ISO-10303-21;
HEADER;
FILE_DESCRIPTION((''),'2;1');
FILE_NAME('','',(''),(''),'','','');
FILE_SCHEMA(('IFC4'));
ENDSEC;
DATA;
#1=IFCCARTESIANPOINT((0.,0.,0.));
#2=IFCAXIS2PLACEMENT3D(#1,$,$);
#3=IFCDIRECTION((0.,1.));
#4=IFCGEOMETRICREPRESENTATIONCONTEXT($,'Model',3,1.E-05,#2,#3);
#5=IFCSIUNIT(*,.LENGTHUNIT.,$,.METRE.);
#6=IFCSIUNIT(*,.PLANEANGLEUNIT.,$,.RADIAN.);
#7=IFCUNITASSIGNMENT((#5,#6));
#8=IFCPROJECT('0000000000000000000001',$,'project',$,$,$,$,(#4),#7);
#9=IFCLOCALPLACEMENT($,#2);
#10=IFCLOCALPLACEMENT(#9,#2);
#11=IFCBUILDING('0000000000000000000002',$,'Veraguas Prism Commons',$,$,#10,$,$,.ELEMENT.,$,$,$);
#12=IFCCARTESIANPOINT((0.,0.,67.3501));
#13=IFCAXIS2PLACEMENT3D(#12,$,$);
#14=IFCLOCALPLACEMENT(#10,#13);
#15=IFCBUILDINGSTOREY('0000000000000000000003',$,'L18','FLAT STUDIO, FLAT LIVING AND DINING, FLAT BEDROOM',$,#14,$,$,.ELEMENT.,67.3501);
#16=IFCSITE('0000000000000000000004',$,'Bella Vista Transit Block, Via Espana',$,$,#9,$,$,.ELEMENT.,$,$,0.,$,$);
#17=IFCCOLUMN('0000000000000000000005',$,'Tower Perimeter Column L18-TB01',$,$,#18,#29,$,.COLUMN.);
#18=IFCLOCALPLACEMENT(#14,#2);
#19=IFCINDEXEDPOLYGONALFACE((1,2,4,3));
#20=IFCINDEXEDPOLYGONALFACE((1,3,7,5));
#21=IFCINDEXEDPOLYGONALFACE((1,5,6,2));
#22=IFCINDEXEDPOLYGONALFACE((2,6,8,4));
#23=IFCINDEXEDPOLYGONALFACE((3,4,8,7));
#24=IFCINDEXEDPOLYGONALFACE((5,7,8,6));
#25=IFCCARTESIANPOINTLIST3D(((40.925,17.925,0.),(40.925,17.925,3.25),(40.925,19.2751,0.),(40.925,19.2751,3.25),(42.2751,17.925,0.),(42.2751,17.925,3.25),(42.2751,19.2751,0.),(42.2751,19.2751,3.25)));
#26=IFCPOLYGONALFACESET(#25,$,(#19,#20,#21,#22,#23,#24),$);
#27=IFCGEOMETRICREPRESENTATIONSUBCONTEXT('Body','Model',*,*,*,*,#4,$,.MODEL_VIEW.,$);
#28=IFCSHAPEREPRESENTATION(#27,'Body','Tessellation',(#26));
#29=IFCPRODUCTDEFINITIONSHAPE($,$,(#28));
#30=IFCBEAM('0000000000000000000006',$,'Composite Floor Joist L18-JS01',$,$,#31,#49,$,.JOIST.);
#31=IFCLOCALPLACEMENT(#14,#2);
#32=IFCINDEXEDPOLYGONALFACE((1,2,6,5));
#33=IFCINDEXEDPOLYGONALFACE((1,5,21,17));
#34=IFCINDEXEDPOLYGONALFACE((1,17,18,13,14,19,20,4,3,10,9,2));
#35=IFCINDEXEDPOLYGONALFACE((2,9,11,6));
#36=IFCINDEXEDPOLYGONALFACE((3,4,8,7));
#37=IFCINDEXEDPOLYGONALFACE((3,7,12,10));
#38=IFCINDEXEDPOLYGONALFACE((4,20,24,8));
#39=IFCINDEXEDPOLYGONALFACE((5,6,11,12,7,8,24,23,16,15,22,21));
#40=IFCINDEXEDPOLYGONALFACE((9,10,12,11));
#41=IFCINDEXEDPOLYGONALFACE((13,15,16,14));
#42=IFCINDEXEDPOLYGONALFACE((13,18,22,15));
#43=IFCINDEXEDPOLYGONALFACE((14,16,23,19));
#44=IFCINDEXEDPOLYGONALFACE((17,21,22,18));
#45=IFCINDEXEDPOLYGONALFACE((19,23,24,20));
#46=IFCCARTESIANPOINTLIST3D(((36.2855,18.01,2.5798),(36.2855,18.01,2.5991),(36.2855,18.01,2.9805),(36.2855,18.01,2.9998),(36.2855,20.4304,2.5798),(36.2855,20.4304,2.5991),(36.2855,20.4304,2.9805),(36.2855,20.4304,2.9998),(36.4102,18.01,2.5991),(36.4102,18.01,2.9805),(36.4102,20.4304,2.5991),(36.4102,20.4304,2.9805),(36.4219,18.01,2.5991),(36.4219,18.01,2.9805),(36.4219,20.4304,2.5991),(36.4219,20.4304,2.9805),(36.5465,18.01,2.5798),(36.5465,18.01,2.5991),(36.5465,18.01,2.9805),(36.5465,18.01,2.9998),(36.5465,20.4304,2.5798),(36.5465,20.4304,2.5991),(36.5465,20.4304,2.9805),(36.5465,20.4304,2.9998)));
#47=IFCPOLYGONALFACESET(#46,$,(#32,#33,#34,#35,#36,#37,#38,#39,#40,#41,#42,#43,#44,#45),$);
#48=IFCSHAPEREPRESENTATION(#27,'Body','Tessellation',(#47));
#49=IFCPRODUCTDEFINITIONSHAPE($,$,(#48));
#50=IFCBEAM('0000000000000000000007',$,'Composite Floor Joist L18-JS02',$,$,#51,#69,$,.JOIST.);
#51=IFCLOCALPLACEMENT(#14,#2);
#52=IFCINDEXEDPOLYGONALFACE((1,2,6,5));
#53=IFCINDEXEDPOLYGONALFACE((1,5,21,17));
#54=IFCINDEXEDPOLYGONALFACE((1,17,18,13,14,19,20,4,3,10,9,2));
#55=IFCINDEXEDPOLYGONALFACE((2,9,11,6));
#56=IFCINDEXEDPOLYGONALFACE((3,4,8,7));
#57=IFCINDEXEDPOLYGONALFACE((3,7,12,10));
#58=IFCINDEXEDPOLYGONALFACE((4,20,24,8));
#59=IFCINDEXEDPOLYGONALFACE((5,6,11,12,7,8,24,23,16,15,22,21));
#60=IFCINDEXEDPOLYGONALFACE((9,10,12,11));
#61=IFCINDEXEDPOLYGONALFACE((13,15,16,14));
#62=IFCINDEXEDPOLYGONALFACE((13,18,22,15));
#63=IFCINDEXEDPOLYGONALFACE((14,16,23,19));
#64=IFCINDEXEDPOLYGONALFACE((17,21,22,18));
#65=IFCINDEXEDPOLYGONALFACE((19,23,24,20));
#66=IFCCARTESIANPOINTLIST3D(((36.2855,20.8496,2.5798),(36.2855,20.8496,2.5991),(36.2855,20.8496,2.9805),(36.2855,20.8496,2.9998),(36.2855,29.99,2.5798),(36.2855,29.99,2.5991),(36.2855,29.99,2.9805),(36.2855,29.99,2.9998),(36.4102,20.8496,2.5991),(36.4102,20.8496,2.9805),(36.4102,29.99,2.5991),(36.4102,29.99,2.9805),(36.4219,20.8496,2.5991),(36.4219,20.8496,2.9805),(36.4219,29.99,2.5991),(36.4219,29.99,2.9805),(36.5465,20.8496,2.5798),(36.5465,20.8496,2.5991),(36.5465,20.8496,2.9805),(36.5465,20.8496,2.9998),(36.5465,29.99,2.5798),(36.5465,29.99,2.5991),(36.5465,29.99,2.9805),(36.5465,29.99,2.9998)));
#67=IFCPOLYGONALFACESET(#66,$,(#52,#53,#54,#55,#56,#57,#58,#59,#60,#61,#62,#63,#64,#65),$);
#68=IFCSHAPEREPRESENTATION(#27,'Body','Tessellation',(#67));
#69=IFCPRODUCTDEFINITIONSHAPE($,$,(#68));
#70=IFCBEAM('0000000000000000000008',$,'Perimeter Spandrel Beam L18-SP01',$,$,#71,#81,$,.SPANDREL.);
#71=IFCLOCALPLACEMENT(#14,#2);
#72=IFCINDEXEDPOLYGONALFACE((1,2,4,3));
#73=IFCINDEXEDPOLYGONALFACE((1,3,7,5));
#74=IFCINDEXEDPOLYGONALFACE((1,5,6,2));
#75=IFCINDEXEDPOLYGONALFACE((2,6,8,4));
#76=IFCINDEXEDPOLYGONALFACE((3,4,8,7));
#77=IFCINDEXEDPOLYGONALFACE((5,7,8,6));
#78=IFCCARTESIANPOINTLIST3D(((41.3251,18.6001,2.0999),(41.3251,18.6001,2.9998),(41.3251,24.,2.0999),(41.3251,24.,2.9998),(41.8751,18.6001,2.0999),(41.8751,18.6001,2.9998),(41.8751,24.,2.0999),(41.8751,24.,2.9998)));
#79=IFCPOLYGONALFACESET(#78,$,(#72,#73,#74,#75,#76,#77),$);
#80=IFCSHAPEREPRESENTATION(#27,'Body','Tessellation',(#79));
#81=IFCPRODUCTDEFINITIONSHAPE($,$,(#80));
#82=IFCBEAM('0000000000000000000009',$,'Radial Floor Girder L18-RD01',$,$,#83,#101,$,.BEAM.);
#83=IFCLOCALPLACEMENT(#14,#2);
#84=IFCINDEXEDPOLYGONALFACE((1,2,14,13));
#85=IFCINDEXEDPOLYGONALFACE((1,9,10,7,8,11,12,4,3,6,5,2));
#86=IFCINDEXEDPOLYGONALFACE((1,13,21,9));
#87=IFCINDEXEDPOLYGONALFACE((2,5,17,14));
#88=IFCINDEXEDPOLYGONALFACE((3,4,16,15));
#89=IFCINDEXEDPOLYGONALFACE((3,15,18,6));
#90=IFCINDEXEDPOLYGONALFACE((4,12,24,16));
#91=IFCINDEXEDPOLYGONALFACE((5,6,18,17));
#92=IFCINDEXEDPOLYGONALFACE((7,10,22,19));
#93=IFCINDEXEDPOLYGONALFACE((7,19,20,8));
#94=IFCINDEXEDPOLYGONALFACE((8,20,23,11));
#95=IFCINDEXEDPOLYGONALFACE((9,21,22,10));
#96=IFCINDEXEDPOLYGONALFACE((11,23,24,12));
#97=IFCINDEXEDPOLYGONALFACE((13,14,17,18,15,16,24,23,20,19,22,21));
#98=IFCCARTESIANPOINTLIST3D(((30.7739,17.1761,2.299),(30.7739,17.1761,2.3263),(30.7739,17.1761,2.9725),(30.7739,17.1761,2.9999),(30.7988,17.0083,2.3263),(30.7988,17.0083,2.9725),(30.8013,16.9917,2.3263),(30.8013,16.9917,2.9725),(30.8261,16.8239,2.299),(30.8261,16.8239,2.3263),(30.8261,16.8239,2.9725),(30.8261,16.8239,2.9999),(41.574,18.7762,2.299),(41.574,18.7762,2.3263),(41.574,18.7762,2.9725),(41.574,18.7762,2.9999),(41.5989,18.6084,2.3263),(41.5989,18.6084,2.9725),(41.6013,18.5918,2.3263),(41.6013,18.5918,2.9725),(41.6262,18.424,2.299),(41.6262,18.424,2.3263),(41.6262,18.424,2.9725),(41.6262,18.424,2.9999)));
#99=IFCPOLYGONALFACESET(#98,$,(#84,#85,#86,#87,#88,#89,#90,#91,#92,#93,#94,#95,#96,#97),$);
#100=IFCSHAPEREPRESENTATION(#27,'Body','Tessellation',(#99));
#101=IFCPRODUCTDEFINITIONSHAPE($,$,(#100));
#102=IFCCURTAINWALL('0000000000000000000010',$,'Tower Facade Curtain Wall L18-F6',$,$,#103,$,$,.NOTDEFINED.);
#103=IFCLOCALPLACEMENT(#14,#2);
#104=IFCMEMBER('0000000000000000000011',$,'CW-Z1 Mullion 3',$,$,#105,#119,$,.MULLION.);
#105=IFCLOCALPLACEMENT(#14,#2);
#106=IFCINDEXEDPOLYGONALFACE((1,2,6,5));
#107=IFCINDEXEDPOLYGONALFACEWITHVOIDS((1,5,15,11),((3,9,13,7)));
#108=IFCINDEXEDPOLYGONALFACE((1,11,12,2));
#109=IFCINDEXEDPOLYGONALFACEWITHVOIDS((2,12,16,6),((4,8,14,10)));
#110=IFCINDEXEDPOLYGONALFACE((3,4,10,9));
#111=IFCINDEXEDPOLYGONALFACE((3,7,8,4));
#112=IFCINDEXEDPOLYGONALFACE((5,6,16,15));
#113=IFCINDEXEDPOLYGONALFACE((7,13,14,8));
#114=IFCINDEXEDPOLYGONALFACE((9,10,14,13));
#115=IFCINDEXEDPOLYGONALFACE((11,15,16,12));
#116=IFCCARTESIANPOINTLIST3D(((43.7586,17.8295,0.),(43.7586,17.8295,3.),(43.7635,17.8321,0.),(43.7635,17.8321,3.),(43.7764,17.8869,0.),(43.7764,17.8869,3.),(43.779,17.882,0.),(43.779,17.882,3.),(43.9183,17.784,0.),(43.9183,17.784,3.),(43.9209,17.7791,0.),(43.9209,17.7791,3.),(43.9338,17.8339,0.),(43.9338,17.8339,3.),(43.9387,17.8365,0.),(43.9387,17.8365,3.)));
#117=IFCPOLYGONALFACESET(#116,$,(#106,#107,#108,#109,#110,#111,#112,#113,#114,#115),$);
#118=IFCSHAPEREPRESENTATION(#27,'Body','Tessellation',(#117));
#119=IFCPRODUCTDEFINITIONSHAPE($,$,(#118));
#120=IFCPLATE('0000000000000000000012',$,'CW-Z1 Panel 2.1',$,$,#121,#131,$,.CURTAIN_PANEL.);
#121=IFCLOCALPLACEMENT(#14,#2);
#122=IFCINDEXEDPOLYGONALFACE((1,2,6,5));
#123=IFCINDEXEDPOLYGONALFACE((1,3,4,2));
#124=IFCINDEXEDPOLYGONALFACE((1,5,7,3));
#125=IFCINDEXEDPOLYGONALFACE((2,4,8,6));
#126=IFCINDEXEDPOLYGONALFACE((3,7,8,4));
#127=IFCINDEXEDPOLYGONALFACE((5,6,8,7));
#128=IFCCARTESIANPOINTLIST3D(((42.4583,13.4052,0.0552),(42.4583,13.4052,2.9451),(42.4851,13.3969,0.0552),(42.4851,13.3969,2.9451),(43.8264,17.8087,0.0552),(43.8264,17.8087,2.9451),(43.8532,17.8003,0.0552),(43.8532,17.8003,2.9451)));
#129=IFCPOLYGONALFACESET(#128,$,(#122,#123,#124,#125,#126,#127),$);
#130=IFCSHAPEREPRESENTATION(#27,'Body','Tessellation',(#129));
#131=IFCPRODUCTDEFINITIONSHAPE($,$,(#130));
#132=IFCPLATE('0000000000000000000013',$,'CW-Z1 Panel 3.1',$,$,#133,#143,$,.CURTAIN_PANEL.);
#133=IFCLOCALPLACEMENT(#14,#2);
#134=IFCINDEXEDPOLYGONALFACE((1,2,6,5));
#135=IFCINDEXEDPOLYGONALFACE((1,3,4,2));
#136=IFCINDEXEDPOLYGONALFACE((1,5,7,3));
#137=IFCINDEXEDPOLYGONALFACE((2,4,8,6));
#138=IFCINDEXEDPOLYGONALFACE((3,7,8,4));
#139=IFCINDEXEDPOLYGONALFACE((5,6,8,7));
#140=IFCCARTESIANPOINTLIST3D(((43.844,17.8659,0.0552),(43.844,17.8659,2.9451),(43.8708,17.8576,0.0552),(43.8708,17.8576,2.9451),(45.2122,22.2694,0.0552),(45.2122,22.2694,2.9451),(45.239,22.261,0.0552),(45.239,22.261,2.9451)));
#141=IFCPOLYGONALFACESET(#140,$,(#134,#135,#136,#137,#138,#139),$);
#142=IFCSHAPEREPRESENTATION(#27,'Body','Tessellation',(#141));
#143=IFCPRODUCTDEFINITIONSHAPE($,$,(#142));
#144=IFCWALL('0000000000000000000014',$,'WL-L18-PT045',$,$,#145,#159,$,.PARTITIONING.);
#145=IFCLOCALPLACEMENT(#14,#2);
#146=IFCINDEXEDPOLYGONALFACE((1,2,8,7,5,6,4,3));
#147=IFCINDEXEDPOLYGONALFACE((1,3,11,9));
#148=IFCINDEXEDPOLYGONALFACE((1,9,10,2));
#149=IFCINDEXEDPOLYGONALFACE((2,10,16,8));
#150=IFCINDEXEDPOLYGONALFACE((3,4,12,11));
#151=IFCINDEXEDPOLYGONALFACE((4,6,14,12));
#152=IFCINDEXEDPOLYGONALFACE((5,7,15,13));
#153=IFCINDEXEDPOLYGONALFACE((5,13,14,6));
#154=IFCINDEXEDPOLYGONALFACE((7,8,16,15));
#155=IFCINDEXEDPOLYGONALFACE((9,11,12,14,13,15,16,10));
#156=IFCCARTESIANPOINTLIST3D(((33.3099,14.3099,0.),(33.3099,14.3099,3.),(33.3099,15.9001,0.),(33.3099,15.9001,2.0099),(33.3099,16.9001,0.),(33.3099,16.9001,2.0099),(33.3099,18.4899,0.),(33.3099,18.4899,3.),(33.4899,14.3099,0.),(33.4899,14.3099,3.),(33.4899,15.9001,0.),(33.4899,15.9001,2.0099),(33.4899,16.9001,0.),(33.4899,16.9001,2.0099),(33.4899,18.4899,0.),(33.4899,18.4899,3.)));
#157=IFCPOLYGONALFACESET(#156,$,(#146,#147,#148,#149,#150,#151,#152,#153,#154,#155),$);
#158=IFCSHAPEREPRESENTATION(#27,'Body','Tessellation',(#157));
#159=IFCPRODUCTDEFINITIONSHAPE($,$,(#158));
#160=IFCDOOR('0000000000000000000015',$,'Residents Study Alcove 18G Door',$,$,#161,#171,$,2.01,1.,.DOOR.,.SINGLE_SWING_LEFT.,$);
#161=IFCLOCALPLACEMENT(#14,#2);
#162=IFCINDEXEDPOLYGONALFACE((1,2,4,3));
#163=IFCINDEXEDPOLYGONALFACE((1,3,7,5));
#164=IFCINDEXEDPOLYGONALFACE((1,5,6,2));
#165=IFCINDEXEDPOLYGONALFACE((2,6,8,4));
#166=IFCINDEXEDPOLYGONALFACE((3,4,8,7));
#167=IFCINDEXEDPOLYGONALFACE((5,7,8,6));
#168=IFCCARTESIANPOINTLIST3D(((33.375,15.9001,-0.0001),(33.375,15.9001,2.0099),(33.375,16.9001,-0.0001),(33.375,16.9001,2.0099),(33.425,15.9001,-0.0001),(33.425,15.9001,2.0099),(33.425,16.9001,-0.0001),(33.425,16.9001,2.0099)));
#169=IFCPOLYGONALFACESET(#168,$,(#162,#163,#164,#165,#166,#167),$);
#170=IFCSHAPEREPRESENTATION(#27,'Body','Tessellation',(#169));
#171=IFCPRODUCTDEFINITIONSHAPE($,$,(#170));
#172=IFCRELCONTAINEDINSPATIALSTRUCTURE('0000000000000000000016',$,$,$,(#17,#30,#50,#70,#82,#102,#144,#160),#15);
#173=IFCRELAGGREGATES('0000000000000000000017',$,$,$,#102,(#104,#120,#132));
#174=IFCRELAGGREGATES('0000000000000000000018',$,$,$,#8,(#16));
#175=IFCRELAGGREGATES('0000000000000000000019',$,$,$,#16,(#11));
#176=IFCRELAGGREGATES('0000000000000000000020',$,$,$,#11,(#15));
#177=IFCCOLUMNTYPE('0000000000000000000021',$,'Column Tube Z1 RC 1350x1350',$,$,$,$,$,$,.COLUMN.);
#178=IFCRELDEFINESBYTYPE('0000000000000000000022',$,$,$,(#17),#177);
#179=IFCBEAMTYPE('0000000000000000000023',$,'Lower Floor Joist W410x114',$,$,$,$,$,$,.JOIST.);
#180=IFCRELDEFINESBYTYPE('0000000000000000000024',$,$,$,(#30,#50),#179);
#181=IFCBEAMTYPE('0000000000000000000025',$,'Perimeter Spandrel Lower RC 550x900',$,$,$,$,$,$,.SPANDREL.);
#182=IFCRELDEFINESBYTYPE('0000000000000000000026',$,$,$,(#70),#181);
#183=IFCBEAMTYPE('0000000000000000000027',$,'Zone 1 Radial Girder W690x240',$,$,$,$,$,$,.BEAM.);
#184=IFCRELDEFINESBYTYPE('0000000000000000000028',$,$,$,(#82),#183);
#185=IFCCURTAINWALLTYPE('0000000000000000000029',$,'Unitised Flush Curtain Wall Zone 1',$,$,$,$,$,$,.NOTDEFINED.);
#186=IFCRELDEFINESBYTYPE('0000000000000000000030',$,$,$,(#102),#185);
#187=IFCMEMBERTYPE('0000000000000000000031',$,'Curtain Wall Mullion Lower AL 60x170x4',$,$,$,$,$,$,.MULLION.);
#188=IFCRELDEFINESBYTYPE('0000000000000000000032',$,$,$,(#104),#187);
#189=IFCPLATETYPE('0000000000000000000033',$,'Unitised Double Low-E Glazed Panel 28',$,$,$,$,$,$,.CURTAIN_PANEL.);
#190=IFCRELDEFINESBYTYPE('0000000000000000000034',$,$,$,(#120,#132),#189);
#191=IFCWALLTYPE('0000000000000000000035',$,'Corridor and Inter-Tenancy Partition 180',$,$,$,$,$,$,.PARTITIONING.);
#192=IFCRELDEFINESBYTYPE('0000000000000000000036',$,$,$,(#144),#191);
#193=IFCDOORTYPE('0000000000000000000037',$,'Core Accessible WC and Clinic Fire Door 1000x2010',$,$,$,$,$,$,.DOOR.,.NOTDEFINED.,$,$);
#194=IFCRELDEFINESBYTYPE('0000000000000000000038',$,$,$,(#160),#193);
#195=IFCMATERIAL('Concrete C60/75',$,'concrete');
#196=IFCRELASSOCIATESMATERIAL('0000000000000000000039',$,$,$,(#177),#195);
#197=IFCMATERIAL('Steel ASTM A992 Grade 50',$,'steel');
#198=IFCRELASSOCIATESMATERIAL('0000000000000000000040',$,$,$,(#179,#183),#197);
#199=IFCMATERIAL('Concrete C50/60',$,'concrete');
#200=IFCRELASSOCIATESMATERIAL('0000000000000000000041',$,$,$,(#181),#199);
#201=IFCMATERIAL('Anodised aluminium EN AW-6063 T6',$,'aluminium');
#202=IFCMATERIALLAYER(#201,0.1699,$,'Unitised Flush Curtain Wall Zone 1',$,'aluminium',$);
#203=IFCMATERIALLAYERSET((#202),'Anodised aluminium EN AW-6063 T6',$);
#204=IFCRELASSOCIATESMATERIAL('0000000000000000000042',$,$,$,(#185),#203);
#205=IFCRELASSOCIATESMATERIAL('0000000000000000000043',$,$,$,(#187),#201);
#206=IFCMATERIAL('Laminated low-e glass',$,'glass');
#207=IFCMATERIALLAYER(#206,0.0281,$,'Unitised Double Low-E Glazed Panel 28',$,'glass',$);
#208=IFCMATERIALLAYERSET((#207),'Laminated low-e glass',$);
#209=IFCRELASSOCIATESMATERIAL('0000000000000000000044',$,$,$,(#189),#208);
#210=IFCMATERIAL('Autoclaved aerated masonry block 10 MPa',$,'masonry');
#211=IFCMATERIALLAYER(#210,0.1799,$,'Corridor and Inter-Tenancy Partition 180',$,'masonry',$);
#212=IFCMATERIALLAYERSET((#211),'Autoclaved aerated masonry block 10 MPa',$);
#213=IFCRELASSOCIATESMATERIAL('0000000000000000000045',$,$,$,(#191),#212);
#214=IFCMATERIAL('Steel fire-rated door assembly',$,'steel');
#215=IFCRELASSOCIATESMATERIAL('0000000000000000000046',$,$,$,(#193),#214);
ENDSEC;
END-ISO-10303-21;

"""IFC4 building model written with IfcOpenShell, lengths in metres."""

from ifc_helpers import new_model, si_unit, direction, frame, frame_2d, origin, origin_2d, place, context, subcontext, project, spatial, rectangle, hollow_rectangle, i_section, extrude, source, transform, mapped, material, layer, layer_set, material_profile, profile_set, type_object, element, fill, aggregate, save


model = new_model("IFC4")

# Units and contexts
model_context = context("Model", 3, precision=1e-05, world=origin(), true_north=direction((0.0, 1.0)))
body_context = subcontext(model_context, "Body", "Model", "MODEL_VIEW")
ifc_project = project(units=[si_unit("LENGTHUNIT", "METRE"), si_unit("PLANEANGLEUNIT", "RADIAN")], contexts=[model_context])

# Site, building, storey
site_placement = place(None, origin())
site = spatial("IfcSite", under=ifc_project, at=site_placement, Name="Bella Vista Transit Block, Via Espana", CompositionType="ELEMENT", RefElevation=0.0)
building_placement = place(site_placement, origin())
building = spatial("IfcBuilding", under=site, at=building_placement, Name="Veraguas Prism Commons", CompositionType="ELEMENT")
storey_placement = place(building_placement, frame((0.0, 0.0, 67.3501)))
storey = spatial("IfcBuildingStorey", under=building, at=storey_placement, Name="L18", Description="FLAT STUDIO, FLAT LIVING AND DINING, FLAT BEDROOM", CompositionType="ELEMENT", Elevation=67.3501)

# Column
ifc_material_1 = material(Name="Concrete C60/75", Category="concrete")
ifc_material_profile_1 = material_profile(ifc_material_1, rectangle(XDim=1.3501, YDim=1.3501, at=origin_2d()), Name="RC1350X1350")
ifc_profile_set_1 = profile_set([ifc_material_profile_1], Name="Concrete C60/75")
column_type = type_object("IfcColumnType", Name="Column Tube Z1 RC 1350x1350", PredefinedType="COLUMN", material=ifc_profile_set_1)
column_placement = place(storey_placement, frame((41.6001, 18.6001, 0.0), z_axis=(0.0, 0.0, 1.0), x_axis=(1.0, 0.0, 0.0)))
element("IfcColumn", 1, at=column_placement, inside=storey, type_object=column_type, Name="Tower Perimeter Column L18-TB01", PredefinedType="COLUMN", context=body_context, shape_type="SweptSolid", body=[
    extrude(rectangle(XDim=1.3501, YDim=1.3501, at=origin_2d()), origin(), (0.0, 0.0, 1.0), 3.25),
])

# Beams
ifc_material_2 = material(Name="Steel ASTM A992 Grade 50", Category="steel")
ifc_material_profile_2 = material_profile(ifc_material_2, i_section(OverallWidth=0.261, OverallDepth=0.4199, WebThickness=0.0117, FlangeThickness=0.0193, at=origin_2d()), Name="W410X114")
ifc_profile_set_2 = profile_set([ifc_material_profile_2], Name="Steel ASTM A992 Grade 50")
beam_type_1 = type_object("IfcBeamType", Name="Lower Floor Joist W410x114", PredefinedType="JOIST", material=ifc_profile_set_2)
beam_1_placement = place(storey_placement, frame((36.416, 18.01, 2.7898), z_axis=(0.0, 1.0, 0.0), x_axis=(-1.0, 0.0, 0.0)))
element("IfcBeam", 2, at=beam_1_placement, inside=storey, type_object=beam_type_1, Name="Composite Floor Joist L18-JS01", PredefinedType="JOIST", context=body_context, shape_type="SweptSolid", body=[
    extrude(i_section(OverallWidth=0.261, OverallDepth=0.4199, WebThickness=0.0117, FlangeThickness=0.0193, at=origin_2d()), origin(), (0.0, 0.0, 1.0), 2.4204),
])
beam_2_placement = place(storey_placement, frame((36.416, 20.8496, 2.7898), z_axis=(0.0, 1.0, 0.0), x_axis=(-1.0, 0.0, 0.0)))
element("IfcBeam", 3, at=beam_2_placement, inside=storey, type_object=beam_type_1, Name="Composite Floor Joist L18-JS02", PredefinedType="JOIST", context=body_context, shape_type="SweptSolid", body=[
    extrude(i_section(OverallWidth=0.261, OverallDepth=0.4199, WebThickness=0.0117, FlangeThickness=0.0193, at=origin_2d()), origin(), (0.0, 0.0, 1.0), 9.1404),
])
ifc_material_3 = material(Name="Concrete C50/60", Category="concrete")
ifc_material_profile_3 = material_profile(ifc_material_3, rectangle(XDim=0.55, YDim=0.8999, at=origin_2d()), Name="RC550X900")
ifc_profile_set_3 = profile_set([ifc_material_profile_3], Name="Concrete C50/60")
beam_type_2 = type_object("IfcBeamType", Name="Perimeter Spandrel Lower RC 550x900", PredefinedType="SPANDREL", material=ifc_profile_set_3)
beam_3_placement = place(storey_placement, frame((41.6001, 18.6001, 2.5498), z_axis=(0.0, 1.0, 0.0), x_axis=(-1.0, 0.0, 0.0)))
element("IfcBeam", 4, at=beam_3_placement, inside=storey, type_object=beam_type_2, Name="Perimeter Spandrel Beam L18-SP01", PredefinedType="SPANDREL", context=body_context, shape_type="SweptSolid", body=[
    extrude(rectangle(XDim=0.55, YDim=0.8999, at=origin_2d()), origin(), (0.0, 0.0, 1.0), 5.3999),
])
ifc_material_profile_4 = material_profile(ifc_material_2, i_section(OverallWidth=0.356, OverallDepth=0.7009, WebThickness=0.0168, FlangeThickness=0.0273, at=origin_2d()), Name="W690X240")
ifc_profile_set_4 = profile_set([ifc_material_profile_4], Name="Steel ASTM A992 Grade 50")
beam_type_3 = type_object("IfcBeamType", Name="Zone 1 Radial Girder W690x240", PredefinedType="BEAM", material=ifc_profile_set_4)
beam_4_placement = place(storey_placement, frame((41.6001, 18.6001, 2.6494), z_axis=(-0.989202, -0.146557, 0.0), x_axis=(0.146557, -0.989202, 0.0)))
element("IfcBeam", 5, at=beam_4_placement, inside=storey, type_object=beam_type_3, Name="Radial Floor Girder L18-RD01", PredefinedType="BEAM", context=body_context, shape_type="SweptSolid", body=[
    extrude(i_section(OverallWidth=0.356, OverallDepth=0.7009, WebThickness=0.0168, FlangeThickness=0.0273, at=origin_2d()), origin(), (0.0, 0.0, 1.0), 10.918),
])

# Curtain wall, member, plates
ifc_material_4 = material(Name="Anodised aluminium EN AW-6063 T6", Category="aluminium")
ifc_layer_1 = layer(ifc_material_4, 0.1699, Name="Unitised Flush Curtain Wall Zone 1", Category="aluminium")
ifc_layer_set_1 = layer_set([ifc_layer_1], Name="Anodised aluminium EN AW-6063 T6")
curtain_wall_type = type_object("IfcCurtainWallType", Name="Unitised Flush Curtain Wall Zone 1", PredefinedType="NOTDEFINED", material=ifc_layer_set_1)
curtain_wall_placement = place(storey_placement, origin())
curtain_wall = element("IfcCurtainWall", 6, at=curtain_wall_placement, inside=storey, type_object=curtain_wall_type, Name="Tower Facade Curtain Wall L18-F6", PredefinedType="NOTDEFINED")
ifc_material_profile_5 = material_profile(ifc_material_4, hollow_rectangle(XDim=0.0601, YDim=0.1699, WallThickness=0.0039, at=origin_2d()), Name="AL60X170X4")
ifc_profile_set_5 = profile_set([ifc_material_profile_5], Name="Anodised aluminium EN AW-6063 T6")
member_type = type_object("IfcMemberType", Name="Curtain Wall Mullion Lower AL 60x170x4", PredefinedType="MULLION", material=ifc_profile_set_5)
shared_shape_1 = source(origin(), body_context, "Body", "SweptSolid", [
    extrude(hollow_rectangle(XDim=0.0601, YDim=0.1699, WallThickness=0.0039, at=origin_2d()), origin(), (0.0, 0.0, 1.0), 3.0),
])
member_placement = place(storey_placement, frame((43.8486, 17.833, 0.0), z_axis=(0.0, 0.0, 1.0), x_axis=(0.29671, 0.954968, 0.0)))
member = element("IfcMember", 7, at=member_placement, type_object=member_type, Name="CW-Z1 Mullion 3", PredefinedType="MULLION", context=body_context, shape_type="MappedRepresentation", body=[
    mapped(shared_shape_1, transform((0.0, 0.0, 0.0), scale=1.0)),
])
ifc_material_5 = material(Name="Laminated low-e glass", Category="glass")
ifc_layer_2 = layer(ifc_material_5, 0.0281, Name="Unitised Double Low-E Glazed Panel 28", Category="glass")
ifc_layer_set_2 = layer_set([ifc_layer_2], Name="Laminated low-e glass")
plate_type = type_object("IfcPlateType", Name="Unitised Double Low-E Glazed Panel 28", PredefinedType="CURTAIN_PANEL", material=ifc_layer_set_2)
shared_shape_2 = source(origin(), body_context, "Body", "SweptSolid", [
    extrude(rectangle(XDim=4.6111, YDim=0.0281, at=origin_2d()), origin(), (0.0, 0.0, 1.0), 2.8899),
])
plate_1_placement = place(storey_placement, frame((43.1558, 15.6028, 0.0552), z_axis=(0.0, 0.0, 1.0), x_axis=(0.29671, 0.954968, 0.0)))
plate_1 = element("IfcPlate", 8, at=plate_1_placement, type_object=plate_type, Name="CW-Z1 Panel 2.1", PredefinedType="CURTAIN_PANEL", context=body_context, shape_type="MappedRepresentation", body=[
    mapped(shared_shape_2, transform((0.0, 0.0, 0.0), scale=1.0)),
])
plate_2_placement = place(storey_placement, frame((44.5415, 20.0635, 0.0552), z_axis=(0.0, 0.0, 1.0), x_axis=(0.29671, 0.954968, 0.0)))
plate_2 = element("IfcPlate", 9, at=plate_2_placement, type_object=plate_type, Name="CW-Z1 Panel 3.1", PredefinedType="CURTAIN_PANEL", context=body_context, shape_type="MappedRepresentation", body=[
    mapped(shared_shape_2, transform((0.0, 0.0, 0.0), scale=1.0)),
])
aggregate(curtain_wall, [member, plate_1, plate_2])

# Wall, opening, door
ifc_material_6 = material(Name="Autoclaved aerated masonry block 10 MPa", Category="masonry")
ifc_layer_3 = layer(ifc_material_6, 0.1799, Name="Corridor and Inter-Tenancy Partition 180", Category="masonry")
ifc_layer_set_3 = layer_set([ifc_layer_3], Name="Autoclaved aerated masonry block 10 MPa")
wall_type_1 = type_object("IfcWallType", Name="Corridor and Inter-Tenancy Partition 180", PredefinedType="PARTITIONING", material=ifc_layer_set_3)
wall_1_placement = place(storey_placement, frame((33.3999, 14.3101, 0.0), z_axis=(0.0, 0.0, 1.0), x_axis=(0.0, 1.0, 0.0)))
wall_1 = element("IfcWall", 10, at=wall_1_placement, inside=storey, type_object=wall_type_1, Name="WL-L18-PT045", PredefinedType="PARTITIONING", context=body_context, shape_type="SweptSolid", body=[
    extrude(rectangle(XDim=4.1799, YDim=0.1799, at=frame_2d((2.0898, 0.0))), origin(), (0.0, 0.0, 1.0), 3.0),
])
opening_1_placement = place(wall_1_placement, frame((1.5901, 0.0, 0.0)))
opening_1 = element("IfcOpeningElement", 11, at=opening_1_placement, cuts=wall_1, PredefinedType="OPENING", context=body_context, shape_type="SweptSolid", body=[
    extrude(rectangle(XDim=1.0, YDim=2.01, at=frame_2d((0.5, 1.0049))), frame((0.0, 0.0999, 0.0), z_axis=(0.0, -1.0, 0.0), x_axis=(1.0, 0.0, 0.0)), (0.0, 0.0, 1.0), 0.2),
])
ifc_material_7 = material(Name="Steel fire-rated door assembly", Category="steel")
door_type_1 = type_object("IfcDoorType", Name="Core Accessible WC and Clinic Fire Door 1000x2010", OperationType="NOTDEFINED", PredefinedType="DOOR", material=ifc_material_7)
shared_shape_3 = source(origin(), body_context, "Body", "SweptSolid", [
    extrude(rectangle(XDim=1.0, YDim=2.01, at=frame_2d((0.5, 1.0049))), frame((0.0, 0.0249, 0.0), z_axis=(0.0, -1.0, 0.0), x_axis=(1.0, 0.0, 0.0)), (0.0, 0.0, 1.0), 0.05),
])
door_1_placement = place(opening_1_placement, origin())
door_1 = element("IfcDoor", 12, at=door_1_placement, inside=storey, type_object=door_type_1, Name="Residents Study Alcove 18G Door", OperationType="SINGLE_SWING_LEFT", OverallHeight=2.01, OverallWidth=1.0, PredefinedType="DOOR", context=body_context, shape_type="MappedRepresentation", body=[
    mapped(shared_shape_3, transform((0.0, 0.0, 0.0), scale=1.0)),
])
fill(opening_1, door_1)

save(model, "model.ifc")
